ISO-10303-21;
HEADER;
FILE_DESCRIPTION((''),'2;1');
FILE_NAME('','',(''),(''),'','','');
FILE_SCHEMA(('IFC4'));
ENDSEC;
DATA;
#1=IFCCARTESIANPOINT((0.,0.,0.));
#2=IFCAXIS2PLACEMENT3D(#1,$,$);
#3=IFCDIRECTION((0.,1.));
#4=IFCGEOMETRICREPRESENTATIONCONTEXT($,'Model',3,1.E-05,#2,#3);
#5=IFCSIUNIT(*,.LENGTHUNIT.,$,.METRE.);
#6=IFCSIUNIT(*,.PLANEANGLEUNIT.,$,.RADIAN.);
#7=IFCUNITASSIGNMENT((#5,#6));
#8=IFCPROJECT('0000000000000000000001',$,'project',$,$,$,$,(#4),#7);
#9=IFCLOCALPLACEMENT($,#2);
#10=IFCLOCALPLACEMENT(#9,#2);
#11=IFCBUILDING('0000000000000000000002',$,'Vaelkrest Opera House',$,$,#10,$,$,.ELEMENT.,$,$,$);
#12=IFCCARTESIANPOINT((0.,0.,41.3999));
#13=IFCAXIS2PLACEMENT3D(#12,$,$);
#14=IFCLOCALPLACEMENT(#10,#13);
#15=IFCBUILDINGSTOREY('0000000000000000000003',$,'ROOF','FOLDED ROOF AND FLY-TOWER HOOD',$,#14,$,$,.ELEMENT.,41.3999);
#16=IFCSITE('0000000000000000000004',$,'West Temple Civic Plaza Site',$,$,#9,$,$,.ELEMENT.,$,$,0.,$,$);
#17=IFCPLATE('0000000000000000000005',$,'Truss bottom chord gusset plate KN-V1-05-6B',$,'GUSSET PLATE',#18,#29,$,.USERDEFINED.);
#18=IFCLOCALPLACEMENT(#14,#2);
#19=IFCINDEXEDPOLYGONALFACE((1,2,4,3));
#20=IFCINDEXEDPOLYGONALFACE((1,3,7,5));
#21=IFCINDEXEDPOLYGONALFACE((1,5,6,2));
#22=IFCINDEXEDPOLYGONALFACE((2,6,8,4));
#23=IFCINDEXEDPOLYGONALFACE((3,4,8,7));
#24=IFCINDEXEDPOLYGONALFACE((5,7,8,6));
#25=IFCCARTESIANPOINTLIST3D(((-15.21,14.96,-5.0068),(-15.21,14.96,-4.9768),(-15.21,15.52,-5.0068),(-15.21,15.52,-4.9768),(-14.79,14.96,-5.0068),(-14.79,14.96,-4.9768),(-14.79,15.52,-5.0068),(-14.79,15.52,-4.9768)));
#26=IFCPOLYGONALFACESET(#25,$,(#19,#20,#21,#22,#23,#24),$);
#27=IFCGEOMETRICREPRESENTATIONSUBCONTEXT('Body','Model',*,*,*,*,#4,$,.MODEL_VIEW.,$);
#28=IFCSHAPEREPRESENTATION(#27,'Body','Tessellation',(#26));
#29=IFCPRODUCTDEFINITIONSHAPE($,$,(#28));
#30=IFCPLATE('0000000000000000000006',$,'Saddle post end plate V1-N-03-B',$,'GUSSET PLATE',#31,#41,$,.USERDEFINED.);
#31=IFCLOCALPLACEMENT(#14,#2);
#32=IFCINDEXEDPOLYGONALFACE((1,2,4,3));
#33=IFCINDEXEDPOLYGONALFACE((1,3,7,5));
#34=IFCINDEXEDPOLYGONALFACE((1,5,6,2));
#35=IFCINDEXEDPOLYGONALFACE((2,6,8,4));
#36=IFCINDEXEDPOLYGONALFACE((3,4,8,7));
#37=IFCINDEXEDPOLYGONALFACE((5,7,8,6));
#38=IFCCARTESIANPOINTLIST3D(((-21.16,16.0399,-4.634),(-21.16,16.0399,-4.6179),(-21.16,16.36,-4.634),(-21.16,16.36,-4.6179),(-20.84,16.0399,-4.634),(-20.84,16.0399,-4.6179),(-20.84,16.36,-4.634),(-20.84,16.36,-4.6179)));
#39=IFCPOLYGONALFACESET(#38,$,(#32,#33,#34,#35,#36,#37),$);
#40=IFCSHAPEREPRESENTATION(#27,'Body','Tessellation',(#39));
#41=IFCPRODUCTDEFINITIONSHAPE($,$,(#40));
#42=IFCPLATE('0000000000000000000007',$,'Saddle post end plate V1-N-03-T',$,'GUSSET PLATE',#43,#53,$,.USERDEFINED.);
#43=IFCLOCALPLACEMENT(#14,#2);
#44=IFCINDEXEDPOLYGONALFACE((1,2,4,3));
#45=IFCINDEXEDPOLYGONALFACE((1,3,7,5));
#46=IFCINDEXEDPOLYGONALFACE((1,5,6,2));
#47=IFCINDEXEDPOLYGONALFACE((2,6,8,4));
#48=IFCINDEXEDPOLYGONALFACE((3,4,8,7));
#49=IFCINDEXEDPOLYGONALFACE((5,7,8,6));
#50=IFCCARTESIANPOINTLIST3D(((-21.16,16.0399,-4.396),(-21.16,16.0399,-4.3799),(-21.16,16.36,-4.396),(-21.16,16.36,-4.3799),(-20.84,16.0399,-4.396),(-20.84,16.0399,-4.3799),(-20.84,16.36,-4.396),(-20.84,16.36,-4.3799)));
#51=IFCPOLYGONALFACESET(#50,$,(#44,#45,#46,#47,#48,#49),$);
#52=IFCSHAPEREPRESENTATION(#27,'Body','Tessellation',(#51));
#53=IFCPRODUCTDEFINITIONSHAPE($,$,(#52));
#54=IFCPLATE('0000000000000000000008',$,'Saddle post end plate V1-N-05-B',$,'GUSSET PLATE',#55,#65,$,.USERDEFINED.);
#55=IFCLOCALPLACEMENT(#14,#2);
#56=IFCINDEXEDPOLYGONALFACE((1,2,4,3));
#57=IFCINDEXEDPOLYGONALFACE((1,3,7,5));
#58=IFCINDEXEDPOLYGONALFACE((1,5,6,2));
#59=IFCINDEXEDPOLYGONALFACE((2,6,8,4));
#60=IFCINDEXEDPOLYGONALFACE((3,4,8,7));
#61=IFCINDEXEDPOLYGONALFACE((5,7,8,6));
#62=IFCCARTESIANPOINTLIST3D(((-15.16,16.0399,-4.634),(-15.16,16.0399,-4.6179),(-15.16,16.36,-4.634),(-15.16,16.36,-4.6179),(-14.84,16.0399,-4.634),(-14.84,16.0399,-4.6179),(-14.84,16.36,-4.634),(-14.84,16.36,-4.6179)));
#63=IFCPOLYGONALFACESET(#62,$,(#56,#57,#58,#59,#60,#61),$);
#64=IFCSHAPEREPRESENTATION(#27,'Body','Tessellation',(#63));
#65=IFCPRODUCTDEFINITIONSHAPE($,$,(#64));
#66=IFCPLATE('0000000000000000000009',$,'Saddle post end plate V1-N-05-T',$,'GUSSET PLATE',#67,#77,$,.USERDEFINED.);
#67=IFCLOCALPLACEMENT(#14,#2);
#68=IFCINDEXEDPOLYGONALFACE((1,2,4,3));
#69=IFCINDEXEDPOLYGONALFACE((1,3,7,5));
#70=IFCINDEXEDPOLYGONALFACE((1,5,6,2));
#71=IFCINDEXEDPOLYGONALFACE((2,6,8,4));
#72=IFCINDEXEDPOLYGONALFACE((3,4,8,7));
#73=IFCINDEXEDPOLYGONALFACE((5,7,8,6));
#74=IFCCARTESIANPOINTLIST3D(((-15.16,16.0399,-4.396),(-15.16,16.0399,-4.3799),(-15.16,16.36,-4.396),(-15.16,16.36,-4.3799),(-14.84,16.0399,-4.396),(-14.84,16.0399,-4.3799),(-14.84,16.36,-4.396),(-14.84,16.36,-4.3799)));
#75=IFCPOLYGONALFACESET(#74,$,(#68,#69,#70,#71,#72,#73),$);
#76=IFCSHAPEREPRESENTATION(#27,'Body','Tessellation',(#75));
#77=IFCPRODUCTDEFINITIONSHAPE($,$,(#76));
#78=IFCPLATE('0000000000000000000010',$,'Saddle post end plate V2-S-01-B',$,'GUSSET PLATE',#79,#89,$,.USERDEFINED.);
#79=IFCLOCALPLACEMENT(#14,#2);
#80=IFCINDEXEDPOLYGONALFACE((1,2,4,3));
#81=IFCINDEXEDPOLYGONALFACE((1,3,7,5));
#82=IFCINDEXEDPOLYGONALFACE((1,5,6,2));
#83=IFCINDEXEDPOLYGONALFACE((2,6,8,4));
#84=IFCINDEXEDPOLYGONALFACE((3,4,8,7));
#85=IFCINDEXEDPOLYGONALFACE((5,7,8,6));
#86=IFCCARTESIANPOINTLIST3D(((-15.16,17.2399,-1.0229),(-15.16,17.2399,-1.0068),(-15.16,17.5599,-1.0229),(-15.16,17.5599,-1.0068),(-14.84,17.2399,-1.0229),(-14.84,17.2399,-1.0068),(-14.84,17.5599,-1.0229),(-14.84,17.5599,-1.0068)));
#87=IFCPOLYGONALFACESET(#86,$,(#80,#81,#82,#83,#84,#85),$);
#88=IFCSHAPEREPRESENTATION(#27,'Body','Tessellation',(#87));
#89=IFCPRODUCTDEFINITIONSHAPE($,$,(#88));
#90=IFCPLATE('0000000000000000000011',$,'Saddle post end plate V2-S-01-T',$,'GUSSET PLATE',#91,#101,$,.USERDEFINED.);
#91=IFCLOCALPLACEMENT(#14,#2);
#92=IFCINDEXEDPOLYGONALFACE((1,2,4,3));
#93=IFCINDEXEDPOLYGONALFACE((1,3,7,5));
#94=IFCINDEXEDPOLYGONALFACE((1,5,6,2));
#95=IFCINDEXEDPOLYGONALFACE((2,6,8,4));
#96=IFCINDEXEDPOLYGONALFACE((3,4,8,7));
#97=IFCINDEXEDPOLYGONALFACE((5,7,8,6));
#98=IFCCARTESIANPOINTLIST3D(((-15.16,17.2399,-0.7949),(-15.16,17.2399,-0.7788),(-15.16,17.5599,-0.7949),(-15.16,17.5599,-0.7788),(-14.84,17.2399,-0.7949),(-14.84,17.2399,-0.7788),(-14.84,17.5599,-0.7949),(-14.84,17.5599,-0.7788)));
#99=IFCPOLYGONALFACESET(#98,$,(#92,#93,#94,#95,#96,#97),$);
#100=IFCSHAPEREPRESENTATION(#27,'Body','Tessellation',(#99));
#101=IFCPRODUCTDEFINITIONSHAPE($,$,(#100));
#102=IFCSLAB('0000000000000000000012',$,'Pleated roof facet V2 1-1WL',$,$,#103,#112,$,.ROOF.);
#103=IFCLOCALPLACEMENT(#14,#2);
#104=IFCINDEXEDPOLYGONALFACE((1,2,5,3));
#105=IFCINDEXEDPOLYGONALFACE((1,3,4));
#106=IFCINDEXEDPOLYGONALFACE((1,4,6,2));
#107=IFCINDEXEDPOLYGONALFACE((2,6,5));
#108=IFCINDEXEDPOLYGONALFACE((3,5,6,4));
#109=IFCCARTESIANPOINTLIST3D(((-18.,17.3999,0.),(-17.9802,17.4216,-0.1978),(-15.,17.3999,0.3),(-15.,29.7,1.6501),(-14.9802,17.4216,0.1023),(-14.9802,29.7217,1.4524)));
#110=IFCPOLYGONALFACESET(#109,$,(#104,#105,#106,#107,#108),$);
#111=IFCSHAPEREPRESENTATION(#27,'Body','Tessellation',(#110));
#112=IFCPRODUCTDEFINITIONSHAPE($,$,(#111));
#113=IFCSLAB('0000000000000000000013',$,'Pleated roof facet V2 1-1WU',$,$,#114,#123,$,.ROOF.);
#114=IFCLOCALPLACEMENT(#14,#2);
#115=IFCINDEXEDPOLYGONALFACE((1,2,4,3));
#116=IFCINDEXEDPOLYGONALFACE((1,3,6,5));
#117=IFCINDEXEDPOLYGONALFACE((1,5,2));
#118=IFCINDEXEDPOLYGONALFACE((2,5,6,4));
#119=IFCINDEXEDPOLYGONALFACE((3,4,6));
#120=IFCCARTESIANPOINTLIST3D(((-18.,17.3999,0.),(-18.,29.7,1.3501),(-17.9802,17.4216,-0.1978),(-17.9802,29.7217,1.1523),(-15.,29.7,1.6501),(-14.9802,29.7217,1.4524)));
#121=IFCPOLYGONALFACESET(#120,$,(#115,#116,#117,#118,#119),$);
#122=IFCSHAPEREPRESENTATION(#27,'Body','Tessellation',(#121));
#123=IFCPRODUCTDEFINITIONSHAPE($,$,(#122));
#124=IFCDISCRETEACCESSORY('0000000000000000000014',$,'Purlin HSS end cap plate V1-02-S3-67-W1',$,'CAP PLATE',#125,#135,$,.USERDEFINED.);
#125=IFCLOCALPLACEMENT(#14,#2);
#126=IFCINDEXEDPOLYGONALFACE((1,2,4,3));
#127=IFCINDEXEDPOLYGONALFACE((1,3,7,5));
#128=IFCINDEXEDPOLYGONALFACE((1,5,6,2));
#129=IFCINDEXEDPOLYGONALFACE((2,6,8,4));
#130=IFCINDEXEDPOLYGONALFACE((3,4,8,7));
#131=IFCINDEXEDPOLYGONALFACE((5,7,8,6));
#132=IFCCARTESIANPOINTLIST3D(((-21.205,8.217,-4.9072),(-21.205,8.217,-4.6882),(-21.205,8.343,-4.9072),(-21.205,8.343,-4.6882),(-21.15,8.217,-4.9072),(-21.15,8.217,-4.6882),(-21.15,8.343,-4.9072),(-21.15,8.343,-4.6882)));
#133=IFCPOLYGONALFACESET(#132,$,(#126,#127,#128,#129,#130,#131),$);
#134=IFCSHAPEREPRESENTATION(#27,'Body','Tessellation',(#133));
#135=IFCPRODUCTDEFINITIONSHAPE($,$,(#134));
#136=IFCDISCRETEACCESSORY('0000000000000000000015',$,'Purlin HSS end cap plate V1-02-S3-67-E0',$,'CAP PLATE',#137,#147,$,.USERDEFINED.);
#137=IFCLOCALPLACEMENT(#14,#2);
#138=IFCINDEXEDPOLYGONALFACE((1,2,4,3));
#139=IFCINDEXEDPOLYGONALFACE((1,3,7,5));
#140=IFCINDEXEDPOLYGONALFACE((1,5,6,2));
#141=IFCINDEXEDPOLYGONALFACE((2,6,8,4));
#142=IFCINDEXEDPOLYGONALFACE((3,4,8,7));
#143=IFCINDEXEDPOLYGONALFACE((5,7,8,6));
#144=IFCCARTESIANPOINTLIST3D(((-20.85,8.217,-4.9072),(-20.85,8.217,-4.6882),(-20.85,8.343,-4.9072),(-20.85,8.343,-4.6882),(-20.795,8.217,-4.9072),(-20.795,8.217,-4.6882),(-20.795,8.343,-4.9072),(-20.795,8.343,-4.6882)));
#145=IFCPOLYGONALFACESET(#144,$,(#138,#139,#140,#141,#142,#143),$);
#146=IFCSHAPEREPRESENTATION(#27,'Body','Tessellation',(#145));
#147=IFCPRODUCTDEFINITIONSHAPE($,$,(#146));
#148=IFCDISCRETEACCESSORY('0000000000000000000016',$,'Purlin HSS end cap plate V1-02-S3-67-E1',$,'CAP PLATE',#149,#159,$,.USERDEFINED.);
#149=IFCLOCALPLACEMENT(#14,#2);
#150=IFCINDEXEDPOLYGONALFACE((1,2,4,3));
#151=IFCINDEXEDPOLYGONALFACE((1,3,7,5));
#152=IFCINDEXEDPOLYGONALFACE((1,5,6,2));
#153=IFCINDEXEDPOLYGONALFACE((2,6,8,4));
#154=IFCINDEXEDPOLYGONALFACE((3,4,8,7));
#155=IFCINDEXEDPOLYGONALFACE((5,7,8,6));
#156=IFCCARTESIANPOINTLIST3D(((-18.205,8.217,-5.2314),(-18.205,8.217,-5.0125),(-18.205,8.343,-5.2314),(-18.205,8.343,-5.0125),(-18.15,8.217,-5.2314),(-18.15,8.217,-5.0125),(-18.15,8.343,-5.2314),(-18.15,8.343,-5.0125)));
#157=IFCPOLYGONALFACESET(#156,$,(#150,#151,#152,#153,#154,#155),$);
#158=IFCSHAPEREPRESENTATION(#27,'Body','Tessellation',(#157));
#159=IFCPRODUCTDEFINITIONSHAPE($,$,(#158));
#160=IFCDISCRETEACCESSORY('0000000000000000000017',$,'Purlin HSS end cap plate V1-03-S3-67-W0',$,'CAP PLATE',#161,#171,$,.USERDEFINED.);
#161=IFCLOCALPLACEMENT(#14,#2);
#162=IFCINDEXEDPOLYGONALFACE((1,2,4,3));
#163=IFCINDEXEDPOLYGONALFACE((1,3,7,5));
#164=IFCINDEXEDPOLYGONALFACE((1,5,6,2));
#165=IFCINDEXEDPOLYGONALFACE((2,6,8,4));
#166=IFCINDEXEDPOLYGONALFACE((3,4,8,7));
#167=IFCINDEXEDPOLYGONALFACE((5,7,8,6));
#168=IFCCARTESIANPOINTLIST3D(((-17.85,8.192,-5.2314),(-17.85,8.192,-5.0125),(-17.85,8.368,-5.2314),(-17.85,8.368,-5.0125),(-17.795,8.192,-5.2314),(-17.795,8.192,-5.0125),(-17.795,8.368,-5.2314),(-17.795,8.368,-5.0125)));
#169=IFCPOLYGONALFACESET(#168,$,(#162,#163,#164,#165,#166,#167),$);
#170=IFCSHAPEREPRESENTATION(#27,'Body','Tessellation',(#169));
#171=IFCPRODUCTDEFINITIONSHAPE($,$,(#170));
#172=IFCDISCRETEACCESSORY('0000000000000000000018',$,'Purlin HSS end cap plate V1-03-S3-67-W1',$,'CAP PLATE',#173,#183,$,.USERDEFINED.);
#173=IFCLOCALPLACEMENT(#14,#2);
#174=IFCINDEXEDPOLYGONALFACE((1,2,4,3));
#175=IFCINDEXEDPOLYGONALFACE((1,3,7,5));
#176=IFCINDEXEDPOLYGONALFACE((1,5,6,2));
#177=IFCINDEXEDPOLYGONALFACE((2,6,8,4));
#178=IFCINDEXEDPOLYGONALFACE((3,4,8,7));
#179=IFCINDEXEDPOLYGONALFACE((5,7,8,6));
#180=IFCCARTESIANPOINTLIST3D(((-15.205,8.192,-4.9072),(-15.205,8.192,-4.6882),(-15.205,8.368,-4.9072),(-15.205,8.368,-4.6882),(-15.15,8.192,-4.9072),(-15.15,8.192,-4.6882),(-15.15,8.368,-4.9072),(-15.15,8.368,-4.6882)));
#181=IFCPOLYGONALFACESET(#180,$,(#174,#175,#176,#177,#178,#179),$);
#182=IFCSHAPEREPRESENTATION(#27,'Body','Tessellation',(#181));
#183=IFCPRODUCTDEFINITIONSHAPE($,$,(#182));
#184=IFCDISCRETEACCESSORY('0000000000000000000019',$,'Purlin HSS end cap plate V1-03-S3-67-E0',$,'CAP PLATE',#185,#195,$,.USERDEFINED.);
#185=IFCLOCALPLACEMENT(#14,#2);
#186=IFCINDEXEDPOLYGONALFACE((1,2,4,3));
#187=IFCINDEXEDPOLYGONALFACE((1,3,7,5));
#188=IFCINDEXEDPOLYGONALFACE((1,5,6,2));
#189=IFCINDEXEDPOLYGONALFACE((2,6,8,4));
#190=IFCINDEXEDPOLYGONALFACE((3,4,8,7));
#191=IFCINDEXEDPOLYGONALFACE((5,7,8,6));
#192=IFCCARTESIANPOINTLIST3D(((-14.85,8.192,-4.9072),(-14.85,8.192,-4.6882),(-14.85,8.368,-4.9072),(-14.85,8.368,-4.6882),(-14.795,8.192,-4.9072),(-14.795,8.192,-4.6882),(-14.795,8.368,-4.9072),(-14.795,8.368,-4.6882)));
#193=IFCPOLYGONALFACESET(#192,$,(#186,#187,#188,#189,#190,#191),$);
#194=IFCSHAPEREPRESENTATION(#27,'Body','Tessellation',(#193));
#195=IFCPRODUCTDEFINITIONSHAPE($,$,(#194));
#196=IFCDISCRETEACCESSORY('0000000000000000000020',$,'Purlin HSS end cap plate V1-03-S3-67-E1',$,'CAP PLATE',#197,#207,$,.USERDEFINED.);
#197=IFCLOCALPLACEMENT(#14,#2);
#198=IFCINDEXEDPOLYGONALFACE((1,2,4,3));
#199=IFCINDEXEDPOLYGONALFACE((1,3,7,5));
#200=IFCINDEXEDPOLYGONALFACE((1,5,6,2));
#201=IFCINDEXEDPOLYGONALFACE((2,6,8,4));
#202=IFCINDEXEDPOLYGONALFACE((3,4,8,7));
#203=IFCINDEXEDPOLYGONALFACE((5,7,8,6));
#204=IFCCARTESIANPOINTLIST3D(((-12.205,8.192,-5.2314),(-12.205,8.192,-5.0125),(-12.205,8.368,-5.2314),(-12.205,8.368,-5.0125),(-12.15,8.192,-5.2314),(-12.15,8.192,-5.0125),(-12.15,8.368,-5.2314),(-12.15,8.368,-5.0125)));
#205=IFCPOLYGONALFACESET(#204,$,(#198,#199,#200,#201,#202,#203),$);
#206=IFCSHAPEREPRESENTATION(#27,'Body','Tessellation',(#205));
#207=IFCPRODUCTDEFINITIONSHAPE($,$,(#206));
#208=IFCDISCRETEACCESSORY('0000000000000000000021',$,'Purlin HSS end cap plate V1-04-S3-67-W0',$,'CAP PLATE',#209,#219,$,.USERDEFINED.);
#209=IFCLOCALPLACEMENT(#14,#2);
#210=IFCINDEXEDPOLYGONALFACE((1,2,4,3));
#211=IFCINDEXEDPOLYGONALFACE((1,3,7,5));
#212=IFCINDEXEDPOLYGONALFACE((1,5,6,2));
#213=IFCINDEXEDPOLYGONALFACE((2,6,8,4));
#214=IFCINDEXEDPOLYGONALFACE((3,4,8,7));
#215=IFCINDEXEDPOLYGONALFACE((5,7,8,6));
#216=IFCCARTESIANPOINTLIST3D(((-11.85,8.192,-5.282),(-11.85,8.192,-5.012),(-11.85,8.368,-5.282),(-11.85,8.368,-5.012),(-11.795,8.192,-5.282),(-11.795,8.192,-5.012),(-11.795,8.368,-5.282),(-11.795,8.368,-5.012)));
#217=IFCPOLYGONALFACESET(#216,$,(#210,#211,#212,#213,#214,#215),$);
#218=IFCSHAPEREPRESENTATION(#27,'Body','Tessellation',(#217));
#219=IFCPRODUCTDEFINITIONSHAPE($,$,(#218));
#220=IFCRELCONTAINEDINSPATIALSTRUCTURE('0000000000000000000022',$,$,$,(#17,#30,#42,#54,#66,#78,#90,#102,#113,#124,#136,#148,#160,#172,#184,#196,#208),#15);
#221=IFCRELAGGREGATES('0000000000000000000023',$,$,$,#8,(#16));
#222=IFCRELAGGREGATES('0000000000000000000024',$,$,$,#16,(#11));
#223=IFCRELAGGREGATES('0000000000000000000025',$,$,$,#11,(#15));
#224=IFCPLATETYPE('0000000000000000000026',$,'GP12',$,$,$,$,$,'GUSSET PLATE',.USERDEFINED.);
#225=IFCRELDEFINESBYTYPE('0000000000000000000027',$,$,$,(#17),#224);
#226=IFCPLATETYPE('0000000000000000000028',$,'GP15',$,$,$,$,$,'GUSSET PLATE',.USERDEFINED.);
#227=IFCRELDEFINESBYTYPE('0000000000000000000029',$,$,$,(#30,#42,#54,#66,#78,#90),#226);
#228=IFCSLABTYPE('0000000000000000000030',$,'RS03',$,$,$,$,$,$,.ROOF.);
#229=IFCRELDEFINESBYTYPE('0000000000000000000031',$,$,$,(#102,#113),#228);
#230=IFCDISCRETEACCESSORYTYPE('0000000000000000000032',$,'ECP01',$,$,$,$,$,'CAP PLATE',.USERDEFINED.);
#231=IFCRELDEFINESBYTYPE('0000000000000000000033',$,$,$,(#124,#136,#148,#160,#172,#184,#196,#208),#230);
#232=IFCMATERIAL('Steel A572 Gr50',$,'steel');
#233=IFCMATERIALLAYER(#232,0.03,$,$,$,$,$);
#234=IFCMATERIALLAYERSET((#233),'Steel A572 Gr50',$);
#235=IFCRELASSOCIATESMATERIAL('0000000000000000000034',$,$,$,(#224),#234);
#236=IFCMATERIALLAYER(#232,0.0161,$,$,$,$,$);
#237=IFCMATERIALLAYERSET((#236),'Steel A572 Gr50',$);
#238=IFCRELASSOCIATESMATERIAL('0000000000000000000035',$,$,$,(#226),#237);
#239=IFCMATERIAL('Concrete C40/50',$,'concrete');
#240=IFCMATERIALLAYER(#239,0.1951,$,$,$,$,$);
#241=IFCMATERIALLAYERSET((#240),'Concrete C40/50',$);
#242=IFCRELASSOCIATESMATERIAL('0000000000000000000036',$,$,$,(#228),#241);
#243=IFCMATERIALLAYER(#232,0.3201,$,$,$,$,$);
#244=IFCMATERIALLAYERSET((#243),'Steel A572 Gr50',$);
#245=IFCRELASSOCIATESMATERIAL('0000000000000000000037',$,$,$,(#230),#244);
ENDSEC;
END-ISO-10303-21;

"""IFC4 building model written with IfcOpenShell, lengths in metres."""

from ifc_helpers import new_model, si_unit, direction, frame, origin, origin_2d, place, context, subcontext, project, spatial, polyline, rectangle, outline, extrude, material, layer, layer_set, type_object, element, save


model = new_model("IFC4")

# Units and contexts
model_context = context("Model", 3, precision=1e-05, world=origin(), true_north=direction((0.0, 1.0)))
body_context = subcontext(model_context, "Body", "Model", "MODEL_VIEW")
ifc_project = project(units=[si_unit("LENGTHUNIT", "METRE"), si_unit("PLANEANGLEUNIT", "RADIAN")], contexts=[model_context])

# Site, building, storey
site_placement = place(None, origin())
site = spatial("IfcSite", under=ifc_project, at=site_placement, Name="West Temple Civic Plaza Site", CompositionType="ELEMENT", RefElevation=0.0)
building_placement = place(site_placement, origin())
building = spatial("IfcBuilding", under=site, at=building_placement, Name="Vaelkrest Opera House", CompositionType="ELEMENT")
storey_placement = place(building_placement, frame((0.0, 0.0, 41.3999)))
storey = spatial("IfcBuildingStorey", under=building, at=storey_placement, Name="ROOF", Description="FOLDED ROOF AND FLY-TOWER HOOD", CompositionType="ELEMENT", Elevation=41.3999)

# Plates
ifc_material_1 = material(Name="Steel A572 Gr50", Category="steel")
ifc_layer_1 = layer(ifc_material_1, 0.03)
ifc_layer_set_1 = layer_set([ifc_layer_1], Name="Steel A572 Gr50")
plate_type_1 = type_object("IfcPlateType", Name="GP12", ElementType="GUSSET PLATE", PredefinedType="USERDEFINED", material=ifc_layer_set_1)
plate_1_placement = place(storey_placement, frame((-15.0, 15.24, -5.0068), z_axis=(0.0, 0.0, 1.0), x_axis=(0.0, 1.0, 0.0)))
element("IfcPlate", 1, at=plate_1_placement, inside=storey, type_object=plate_type_1, Name="Truss bottom chord gusset plate KN-V1-05-6B", ObjectType="GUSSET PLATE", PredefinedType="USERDEFINED", context=body_context, shape_type="SweptSolid", body=[
    extrude(rectangle(XDim=0.5601, YDim=0.4199, at=origin_2d()), origin(), (0.0, 0.0, 1.0), 0.03),
])
ifc_layer_2 = layer(ifc_material_1, 0.0161)
ifc_layer_set_2 = layer_set([ifc_layer_2], Name="Steel A572 Gr50")
plate_type_2 = type_object("IfcPlateType", Name="GP15", ElementType="GUSSET PLATE", PredefinedType="USERDEFINED", material=ifc_layer_set_2)
for number, where, z_axis, x_axis, name in (
    (2, (-21.0, 16.2, -4.634), (0.0, 0.0, 1.0), (1.0, 0.0, 0.0), "Saddle post end plate V1-N-03-B"),
    (3, (-21.0, 16.2, -4.396), (0.0, 0.0, 1.0), (1.0, 0.0, 0.0), "Saddle post end plate V1-N-03-T"),
    (4, (-15.0, 16.2, -4.634), (0.0, 0.0, 1.0), (1.0, 0.0, 0.0), "Saddle post end plate V1-N-05-B"),
    (5, (-15.0, 16.2, -4.396), (0.0, 0.0, 1.0), (1.0, 0.0, 0.0), "Saddle post end plate V1-N-05-T"),
    (6, (-15.0, 17.3999, -1.0229), (0.0, 0.0, 1.0), (1.0, 0.0, 0.0), "Saddle post end plate V2-S-01-B"),
    (7, (-15.0, 17.3999, -0.7949), (0.0, 0.0, 1.0), (1.0, 0.0, 0.0), "Saddle post end plate V2-S-01-T"),
):
    element("IfcPlate", number, at=place(storey_placement, frame(where, z_axis=z_axis, x_axis=x_axis)), inside=storey, type_object=plate_type_2, Name=name, ObjectType="GUSSET PLATE", PredefinedType="USERDEFINED", context=body_context, shape_type="SweptSolid", body=[
        extrude(rectangle(XDim=0.3201, YDim=0.3201, at=origin_2d()), origin(), (0.0, 0.0, 1.0), 0.0161),
    ])

# Slabs
ifc_material_2 = material(Name="Concrete C40/50", Category="concrete")
ifc_layer_3 = layer(ifc_material_2, 0.1951)
ifc_layer_set_3 = layer_set([ifc_layer_3], Name="Concrete C40/50")
slab_type = type_object("IfcSlabType", Name="RS03", PredefinedType="ROOF", material=ifc_layer_set_3)
slab_1_placement = place(storey_placement, frame((-18.0, 17.3999, 0.0), z_axis=(-0.098931, -0.108573, 0.989153), x_axis=(0.995036, 0.0, 0.09952)))
element("IfcSlab", 8, at=slab_1_placement, inside=storey, type_object=slab_type, Name="Pleated roof facet V2 1-1WL", PredefinedType="ROOF", context=body_context, shape_type="SweptSolid", body=[
    extrude(outline(polyline([(0.0, 0.0), (3.015, 0.0), (3.1493, 12.3732), (0.0, 0.0)])), origin(), (0.0, 0.0, -1.0), 0.2),
])
slab_2_placement = place(storey_placement, frame((-18.0, 17.3999, 0.0), z_axis=(-0.098931, -0.108573, 0.989153), x_axis=(0.234968, 0.963372, 0.129244)))
element("IfcSlab", 9, at=slab_2_placement, inside=storey, type_object=slab_type, Name="Pleated roof facet V2 1-1WU", PredefinedType="ROOF", context=body_context, shape_type="SweptSolid", body=[
    extrude(outline(polyline([(0.0, 0.0), (12.7677, 0.0), (12.024, 2.9218), (0.0, 0.0)])), origin(), (0.0, 0.0, -1.0), 0.2),
])

# Discrete accessories
ifc_layer_4 = layer(ifc_material_1, 0.3201)
ifc_layer_set_4 = layer_set([ifc_layer_4], Name="Steel A572 Gr50")
discrete_accessory_type = type_object("IfcDiscreteAccessoryType", Name="ECP01", ElementType="CAP PLATE", PredefinedType="USERDEFINED", material=ifc_layer_set_4)
for number, where, z_axis, x_axis, name in (
    (10, (-21.1775, 8.28, -4.9072), (0.0, 0.0, 1.0), (1.0, 0.0, 0.0), "Purlin HSS end cap plate V1-02-S3-67-W1"),
    (11, (-20.8225, 8.28, -4.9072), (0.0, 0.0, 1.0), (1.0, 0.0, 0.0), "Purlin HSS end cap plate V1-02-S3-67-E0"),
    (12, (-18.1775, 8.28, -5.2314), (0.0, 0.0, 1.0), (1.0, 0.0, 0.0), "Purlin HSS end cap plate V1-02-S3-67-E1"),
):
    element("IfcDiscreteAccessory", number, at=place(storey_placement, frame(where, z_axis=z_axis, x_axis=x_axis)), inside=storey, type_object=discrete_accessory_type, Name=name, ObjectType="CAP PLATE", PredefinedType="USERDEFINED", context=body_context, shape_type="SweptSolid", body=[
        extrude(rectangle(XDim=0.0549, YDim=0.126, at=origin_2d()), origin(), (0.0, 0.0, 1.0), 0.219),
    ])
for number, where, z_axis, x_axis, name in (
    (13, (-17.8225, 8.28, -5.2314), (0.0, 0.0, 1.0), (1.0, 0.0, 0.0), "Purlin HSS end cap plate V1-03-S3-67-W0"),
    (14, (-15.1775, 8.28, -4.9072), (0.0, 0.0, 1.0), (1.0, 0.0, 0.0), "Purlin HSS end cap plate V1-03-S3-67-W1"),
    (15, (-14.8225, 8.28, -4.9072), (0.0, 0.0, 1.0), (1.0, 0.0, 0.0), "Purlin HSS end cap plate V1-03-S3-67-E0"),
    (16, (-12.1775, 8.28, -5.2314), (0.0, 0.0, 1.0), (1.0, 0.0, 0.0), "Purlin HSS end cap plate V1-03-S3-67-E1"),
):
    element("IfcDiscreteAccessory", number, at=place(storey_placement, frame(where, z_axis=z_axis, x_axis=x_axis)), inside=storey, type_object=discrete_accessory_type, Name=name, ObjectType="CAP PLATE", PredefinedType="USERDEFINED", context=body_context, shape_type="SweptSolid", body=[
        extrude(rectangle(XDim=0.0549, YDim=0.176, at=origin_2d()), origin(), (0.0, 0.0, 1.0), 0.219),
    ])
discrete_accessory_placement = place(storey_placement, frame((-11.8225, 8.28, -5.282), z_axis=(0.0, 0.0, 1.0), x_axis=(1.0, 0.0, 0.0)))
element("IfcDiscreteAccessory", 17, at=discrete_accessory_placement, inside=storey, type_object=discrete_accessory_type, Name="Purlin HSS end cap plate V1-04-S3-67-W0", ObjectType="CAP PLATE", PredefinedType="USERDEFINED", context=body_context, shape_type="SweptSolid", body=[
    extrude(rectangle(XDim=0.0549, YDim=0.176, at=origin_2d()), origin(), (0.0, 0.0, 1.0), 0.27),
])

save(model, "model.ifc")
